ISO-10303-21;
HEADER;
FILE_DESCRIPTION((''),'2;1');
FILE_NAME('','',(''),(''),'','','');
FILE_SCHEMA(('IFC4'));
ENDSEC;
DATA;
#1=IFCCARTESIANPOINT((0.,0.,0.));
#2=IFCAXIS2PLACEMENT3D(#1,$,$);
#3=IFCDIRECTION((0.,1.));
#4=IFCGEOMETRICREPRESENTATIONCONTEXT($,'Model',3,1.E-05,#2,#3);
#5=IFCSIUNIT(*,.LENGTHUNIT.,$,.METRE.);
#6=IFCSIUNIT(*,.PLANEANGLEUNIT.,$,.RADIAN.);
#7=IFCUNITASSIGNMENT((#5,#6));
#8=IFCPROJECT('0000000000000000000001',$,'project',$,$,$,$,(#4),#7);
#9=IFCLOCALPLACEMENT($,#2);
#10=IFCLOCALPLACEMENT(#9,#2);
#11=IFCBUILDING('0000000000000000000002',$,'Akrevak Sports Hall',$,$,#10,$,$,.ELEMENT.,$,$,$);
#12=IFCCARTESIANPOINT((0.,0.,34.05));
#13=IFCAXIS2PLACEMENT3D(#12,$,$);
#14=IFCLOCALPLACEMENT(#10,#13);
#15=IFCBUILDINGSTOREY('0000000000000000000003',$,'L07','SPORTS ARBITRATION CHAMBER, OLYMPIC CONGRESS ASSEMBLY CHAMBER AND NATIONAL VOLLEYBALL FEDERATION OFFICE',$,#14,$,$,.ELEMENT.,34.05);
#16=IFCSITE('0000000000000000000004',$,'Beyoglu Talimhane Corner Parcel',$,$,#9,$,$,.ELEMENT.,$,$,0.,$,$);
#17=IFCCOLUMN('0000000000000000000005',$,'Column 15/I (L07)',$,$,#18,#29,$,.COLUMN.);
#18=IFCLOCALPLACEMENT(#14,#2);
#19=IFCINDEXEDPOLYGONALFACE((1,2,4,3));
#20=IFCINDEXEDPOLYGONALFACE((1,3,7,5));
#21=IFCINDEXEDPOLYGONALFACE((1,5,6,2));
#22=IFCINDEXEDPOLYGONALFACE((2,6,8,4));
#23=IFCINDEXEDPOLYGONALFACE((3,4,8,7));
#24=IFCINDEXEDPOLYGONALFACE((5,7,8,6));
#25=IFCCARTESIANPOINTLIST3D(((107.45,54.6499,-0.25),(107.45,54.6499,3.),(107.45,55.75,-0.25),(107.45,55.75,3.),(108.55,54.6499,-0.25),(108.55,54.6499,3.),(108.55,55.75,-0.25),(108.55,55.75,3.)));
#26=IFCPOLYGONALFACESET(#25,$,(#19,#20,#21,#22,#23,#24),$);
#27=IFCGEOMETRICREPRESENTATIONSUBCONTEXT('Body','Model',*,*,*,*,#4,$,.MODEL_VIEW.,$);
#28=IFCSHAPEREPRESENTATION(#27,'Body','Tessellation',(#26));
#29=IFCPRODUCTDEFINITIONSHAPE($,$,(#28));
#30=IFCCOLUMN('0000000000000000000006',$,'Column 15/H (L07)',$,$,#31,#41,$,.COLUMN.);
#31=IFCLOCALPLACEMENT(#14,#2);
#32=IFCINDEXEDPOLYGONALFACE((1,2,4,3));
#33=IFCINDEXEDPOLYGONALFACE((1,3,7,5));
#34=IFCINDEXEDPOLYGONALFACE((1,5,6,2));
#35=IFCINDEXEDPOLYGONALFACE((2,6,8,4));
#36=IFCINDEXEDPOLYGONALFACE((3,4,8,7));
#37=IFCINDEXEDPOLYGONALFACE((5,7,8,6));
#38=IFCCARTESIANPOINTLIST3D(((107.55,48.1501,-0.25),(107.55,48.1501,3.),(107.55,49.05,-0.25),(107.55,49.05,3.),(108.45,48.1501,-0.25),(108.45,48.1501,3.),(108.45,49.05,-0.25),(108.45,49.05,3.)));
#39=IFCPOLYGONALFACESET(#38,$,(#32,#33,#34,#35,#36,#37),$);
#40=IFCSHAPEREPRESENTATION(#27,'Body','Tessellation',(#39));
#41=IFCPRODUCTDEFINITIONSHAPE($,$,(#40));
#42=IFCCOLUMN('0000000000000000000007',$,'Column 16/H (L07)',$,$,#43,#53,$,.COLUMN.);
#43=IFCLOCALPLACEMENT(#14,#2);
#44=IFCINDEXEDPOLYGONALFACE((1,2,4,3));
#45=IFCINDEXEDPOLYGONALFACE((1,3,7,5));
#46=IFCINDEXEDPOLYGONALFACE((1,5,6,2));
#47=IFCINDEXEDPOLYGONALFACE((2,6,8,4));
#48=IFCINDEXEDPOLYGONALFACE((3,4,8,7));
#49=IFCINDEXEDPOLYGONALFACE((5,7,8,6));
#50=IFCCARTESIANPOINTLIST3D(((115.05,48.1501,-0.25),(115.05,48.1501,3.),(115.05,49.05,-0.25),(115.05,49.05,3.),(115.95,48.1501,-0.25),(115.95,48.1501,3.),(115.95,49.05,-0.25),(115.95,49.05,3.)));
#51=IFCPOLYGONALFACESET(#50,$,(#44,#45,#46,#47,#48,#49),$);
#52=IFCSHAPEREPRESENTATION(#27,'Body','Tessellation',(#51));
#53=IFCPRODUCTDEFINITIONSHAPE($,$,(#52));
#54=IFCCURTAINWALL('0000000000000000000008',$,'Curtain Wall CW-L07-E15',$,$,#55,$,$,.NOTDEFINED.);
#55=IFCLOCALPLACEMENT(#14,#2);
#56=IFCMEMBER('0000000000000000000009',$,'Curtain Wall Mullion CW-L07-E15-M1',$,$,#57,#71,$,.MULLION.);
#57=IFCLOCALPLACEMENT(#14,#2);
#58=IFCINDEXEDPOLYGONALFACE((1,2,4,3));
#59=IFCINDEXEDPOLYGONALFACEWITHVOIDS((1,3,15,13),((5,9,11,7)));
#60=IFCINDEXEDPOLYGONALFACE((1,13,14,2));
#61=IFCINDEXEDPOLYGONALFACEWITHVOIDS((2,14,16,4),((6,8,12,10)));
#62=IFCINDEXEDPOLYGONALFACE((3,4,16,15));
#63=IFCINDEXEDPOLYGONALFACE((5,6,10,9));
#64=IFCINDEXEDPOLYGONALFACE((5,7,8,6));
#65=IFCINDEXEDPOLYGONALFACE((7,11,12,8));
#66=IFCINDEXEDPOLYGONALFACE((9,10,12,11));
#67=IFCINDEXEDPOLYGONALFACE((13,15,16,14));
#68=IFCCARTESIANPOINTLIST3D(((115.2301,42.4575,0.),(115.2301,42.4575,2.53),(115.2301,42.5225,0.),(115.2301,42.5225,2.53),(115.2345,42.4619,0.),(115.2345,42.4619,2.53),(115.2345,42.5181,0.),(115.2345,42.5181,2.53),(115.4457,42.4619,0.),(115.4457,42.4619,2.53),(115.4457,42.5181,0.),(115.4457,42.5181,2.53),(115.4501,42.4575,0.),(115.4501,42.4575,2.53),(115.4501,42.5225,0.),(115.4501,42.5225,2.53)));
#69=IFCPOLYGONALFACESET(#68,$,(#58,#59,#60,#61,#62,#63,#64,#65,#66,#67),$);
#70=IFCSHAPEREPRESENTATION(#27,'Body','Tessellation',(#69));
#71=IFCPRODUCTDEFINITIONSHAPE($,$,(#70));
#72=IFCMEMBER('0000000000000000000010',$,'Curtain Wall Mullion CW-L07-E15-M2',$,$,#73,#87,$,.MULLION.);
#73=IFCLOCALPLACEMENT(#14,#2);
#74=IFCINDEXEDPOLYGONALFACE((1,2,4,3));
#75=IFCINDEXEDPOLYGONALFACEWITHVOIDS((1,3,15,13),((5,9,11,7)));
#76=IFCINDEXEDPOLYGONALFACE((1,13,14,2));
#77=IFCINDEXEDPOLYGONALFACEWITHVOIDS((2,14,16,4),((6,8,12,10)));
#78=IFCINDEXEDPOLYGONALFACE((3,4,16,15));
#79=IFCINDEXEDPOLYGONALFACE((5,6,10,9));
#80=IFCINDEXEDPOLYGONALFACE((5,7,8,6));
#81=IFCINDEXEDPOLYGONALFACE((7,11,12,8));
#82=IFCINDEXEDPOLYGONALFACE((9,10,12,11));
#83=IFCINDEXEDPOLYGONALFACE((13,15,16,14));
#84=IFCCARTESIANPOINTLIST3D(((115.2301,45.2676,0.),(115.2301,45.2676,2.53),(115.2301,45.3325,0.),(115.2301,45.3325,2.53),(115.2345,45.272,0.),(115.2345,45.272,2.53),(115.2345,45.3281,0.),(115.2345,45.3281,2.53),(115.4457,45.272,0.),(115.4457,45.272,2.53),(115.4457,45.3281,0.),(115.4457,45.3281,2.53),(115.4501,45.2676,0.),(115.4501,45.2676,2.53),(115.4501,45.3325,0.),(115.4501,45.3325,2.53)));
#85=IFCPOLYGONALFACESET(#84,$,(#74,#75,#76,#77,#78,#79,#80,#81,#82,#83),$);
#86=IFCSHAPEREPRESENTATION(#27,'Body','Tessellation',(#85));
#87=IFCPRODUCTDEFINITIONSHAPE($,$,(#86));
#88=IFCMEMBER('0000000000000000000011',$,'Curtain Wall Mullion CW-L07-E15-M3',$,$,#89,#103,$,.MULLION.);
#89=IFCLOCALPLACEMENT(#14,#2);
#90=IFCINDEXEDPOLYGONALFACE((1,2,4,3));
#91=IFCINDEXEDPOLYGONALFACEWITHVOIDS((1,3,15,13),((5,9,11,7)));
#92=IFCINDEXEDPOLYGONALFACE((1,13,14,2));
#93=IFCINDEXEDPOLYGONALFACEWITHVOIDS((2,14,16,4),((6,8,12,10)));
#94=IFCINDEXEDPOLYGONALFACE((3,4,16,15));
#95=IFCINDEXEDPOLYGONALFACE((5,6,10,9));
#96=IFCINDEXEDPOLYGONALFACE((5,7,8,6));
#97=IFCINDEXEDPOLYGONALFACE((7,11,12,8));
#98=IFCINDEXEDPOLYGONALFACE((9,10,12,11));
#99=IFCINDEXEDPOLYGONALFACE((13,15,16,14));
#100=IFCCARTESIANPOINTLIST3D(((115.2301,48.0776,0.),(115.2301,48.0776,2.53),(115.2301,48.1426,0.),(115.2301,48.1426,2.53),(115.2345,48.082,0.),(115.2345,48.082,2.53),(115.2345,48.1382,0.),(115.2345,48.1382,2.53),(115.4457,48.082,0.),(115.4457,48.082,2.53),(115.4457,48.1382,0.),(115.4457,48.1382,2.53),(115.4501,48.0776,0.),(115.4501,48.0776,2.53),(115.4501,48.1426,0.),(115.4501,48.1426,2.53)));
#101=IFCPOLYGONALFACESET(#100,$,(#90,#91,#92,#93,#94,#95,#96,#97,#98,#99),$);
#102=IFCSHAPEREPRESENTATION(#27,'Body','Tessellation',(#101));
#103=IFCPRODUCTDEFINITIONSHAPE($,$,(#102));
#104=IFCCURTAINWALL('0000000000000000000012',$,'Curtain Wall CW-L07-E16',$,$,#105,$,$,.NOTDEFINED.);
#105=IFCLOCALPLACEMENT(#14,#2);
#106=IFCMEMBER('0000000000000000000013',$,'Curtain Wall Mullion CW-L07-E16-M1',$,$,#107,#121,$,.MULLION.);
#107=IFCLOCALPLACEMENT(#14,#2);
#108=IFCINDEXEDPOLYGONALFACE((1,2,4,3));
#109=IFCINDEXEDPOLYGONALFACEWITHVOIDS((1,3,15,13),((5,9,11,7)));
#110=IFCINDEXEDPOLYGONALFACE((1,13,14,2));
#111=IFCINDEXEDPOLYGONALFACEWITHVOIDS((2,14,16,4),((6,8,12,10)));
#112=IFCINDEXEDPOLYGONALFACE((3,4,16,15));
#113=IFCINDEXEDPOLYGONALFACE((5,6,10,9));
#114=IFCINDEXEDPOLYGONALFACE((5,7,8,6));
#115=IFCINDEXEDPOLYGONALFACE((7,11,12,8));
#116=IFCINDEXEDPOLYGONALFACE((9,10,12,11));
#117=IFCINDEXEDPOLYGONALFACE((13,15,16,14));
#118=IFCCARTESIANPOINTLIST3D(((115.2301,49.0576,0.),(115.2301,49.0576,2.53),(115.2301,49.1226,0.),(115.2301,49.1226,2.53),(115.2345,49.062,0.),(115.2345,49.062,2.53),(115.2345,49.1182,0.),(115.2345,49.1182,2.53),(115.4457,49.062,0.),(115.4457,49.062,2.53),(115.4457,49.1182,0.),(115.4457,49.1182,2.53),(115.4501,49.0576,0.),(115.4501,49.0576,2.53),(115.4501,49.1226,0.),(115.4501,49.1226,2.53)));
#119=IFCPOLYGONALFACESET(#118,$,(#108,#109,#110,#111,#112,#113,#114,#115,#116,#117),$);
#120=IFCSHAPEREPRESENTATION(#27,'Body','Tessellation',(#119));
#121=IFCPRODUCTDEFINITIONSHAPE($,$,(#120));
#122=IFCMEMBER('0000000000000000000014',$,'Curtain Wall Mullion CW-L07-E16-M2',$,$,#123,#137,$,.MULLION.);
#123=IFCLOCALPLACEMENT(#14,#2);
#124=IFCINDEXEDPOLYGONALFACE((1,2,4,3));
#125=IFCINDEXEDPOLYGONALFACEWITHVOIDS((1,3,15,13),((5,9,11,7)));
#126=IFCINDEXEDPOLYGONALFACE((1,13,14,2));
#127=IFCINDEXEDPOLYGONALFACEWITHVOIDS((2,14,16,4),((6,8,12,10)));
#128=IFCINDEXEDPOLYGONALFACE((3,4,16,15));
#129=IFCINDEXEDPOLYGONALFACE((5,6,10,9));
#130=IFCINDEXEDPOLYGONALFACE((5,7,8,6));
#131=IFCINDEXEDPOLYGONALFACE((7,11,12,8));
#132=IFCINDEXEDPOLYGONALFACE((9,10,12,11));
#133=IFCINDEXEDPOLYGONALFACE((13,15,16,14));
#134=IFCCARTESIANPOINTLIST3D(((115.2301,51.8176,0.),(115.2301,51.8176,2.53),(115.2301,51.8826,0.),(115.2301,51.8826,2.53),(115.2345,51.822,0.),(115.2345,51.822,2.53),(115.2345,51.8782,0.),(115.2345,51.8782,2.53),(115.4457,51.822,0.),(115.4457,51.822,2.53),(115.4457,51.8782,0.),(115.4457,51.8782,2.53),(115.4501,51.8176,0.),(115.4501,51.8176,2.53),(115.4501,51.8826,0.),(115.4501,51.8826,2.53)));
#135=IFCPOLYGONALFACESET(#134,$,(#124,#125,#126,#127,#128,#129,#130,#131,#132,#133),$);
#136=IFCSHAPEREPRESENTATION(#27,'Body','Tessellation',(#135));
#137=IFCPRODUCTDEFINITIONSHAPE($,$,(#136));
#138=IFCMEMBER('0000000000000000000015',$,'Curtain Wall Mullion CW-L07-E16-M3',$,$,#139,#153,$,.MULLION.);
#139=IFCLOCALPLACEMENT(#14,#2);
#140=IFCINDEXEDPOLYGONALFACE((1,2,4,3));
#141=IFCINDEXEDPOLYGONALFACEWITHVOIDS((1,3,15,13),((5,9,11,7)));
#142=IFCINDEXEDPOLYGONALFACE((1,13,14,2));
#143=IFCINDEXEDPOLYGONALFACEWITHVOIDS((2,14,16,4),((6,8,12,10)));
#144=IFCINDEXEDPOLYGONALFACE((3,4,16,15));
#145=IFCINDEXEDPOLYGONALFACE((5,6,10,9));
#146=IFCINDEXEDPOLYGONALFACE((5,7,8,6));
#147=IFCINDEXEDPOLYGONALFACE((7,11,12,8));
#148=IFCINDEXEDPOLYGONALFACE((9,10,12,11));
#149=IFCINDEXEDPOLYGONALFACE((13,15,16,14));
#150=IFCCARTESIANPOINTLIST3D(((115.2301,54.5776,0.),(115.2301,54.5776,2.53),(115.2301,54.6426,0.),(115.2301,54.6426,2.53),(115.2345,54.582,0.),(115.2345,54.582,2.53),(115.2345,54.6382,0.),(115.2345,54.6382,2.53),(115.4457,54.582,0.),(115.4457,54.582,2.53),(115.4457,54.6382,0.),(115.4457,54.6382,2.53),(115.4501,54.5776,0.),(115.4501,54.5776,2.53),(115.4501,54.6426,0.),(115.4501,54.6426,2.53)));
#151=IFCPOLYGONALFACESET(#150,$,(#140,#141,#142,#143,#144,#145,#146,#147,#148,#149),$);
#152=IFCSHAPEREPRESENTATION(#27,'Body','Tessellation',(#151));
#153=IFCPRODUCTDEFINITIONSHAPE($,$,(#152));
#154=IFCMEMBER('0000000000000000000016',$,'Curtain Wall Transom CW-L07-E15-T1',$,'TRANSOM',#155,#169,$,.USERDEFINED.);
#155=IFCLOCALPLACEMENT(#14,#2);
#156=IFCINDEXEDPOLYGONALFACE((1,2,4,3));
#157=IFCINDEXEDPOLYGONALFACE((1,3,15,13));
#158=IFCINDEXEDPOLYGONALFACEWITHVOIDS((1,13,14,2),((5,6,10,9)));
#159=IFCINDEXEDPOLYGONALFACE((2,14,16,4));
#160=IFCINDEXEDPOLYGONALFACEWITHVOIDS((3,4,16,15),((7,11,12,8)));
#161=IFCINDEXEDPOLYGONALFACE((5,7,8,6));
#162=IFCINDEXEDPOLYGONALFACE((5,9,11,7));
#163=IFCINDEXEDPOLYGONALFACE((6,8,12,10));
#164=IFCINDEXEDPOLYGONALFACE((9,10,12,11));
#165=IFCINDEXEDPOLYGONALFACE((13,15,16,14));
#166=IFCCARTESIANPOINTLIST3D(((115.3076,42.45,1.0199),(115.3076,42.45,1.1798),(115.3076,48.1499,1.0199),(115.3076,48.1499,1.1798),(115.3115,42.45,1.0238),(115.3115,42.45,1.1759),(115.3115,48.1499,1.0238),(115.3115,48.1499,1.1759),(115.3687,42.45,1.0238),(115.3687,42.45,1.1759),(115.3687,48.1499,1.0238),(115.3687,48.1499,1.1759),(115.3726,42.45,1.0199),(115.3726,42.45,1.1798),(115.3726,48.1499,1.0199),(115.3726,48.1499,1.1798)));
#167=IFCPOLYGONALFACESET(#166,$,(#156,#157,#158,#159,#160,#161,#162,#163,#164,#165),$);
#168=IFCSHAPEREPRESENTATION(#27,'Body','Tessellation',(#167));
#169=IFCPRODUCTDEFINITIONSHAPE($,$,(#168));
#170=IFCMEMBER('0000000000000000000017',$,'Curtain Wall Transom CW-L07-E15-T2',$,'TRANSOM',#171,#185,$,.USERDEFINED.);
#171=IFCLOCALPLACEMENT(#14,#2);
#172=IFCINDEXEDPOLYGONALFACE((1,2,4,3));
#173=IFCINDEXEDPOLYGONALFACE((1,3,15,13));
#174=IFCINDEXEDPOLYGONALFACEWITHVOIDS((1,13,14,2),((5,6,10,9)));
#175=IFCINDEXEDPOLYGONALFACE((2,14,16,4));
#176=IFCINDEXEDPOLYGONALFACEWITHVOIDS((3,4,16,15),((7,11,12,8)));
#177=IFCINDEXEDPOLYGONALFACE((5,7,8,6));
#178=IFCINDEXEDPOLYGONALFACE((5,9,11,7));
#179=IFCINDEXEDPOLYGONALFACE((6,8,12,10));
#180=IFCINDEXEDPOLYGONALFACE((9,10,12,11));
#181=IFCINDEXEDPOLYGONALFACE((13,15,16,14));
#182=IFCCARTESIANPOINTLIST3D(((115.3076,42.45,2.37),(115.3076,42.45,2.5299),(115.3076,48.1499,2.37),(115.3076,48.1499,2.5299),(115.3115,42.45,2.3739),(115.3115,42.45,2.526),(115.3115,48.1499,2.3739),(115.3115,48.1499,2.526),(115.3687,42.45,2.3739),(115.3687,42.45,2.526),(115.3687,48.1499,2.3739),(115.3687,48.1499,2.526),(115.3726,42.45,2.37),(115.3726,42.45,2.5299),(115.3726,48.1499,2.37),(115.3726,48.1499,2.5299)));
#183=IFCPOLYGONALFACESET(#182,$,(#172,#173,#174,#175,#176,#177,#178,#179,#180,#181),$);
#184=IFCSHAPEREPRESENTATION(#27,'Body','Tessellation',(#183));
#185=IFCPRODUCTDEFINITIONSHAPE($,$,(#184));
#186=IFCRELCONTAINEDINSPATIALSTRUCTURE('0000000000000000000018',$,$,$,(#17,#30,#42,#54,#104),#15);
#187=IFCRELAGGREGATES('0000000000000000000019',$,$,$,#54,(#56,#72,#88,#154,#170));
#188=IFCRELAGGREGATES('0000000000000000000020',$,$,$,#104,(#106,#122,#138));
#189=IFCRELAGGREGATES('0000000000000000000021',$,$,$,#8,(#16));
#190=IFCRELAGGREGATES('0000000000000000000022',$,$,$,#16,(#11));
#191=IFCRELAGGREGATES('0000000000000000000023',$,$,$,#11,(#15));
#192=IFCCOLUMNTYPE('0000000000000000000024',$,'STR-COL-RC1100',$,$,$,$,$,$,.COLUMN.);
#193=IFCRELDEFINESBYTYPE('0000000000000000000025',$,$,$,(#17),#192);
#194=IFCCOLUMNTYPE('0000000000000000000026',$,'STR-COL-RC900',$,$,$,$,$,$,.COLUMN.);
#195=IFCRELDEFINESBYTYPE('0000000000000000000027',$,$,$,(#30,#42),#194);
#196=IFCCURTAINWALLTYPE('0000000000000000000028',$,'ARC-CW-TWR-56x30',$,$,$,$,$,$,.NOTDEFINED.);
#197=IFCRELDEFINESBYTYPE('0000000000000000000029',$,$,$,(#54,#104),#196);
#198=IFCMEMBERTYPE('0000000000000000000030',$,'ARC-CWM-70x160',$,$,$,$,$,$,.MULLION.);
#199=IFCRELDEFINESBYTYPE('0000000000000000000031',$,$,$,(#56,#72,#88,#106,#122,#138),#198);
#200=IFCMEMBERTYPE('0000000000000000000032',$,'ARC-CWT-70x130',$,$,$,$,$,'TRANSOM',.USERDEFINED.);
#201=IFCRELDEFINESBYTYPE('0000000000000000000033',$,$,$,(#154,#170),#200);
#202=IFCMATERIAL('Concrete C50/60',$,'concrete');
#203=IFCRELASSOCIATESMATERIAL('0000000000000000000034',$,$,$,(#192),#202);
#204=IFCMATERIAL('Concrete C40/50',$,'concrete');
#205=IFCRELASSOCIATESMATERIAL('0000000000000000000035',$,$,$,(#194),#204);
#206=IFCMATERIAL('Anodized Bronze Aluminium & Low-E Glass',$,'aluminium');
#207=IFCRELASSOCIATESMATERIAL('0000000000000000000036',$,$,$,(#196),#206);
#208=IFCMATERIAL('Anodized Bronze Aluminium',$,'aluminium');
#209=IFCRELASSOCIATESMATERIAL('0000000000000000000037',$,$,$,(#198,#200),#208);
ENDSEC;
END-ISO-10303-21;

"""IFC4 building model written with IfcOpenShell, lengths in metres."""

from ifc_helpers import new_model, si_unit, direction, frame, origin, origin_2d, place, context, subcontext, project, spatial, rectangle, hollow_rectangle, extrude, material, material_profile, profile_set, type_object, element, aggregate, save


model = new_model("IFC4")

# Units and contexts
model_context = context("Model", 3, precision=1e-05, world=origin(), true_north=direction((0.0, 1.0)))
body_context = subcontext(model_context, "Body", "Model", "MODEL_VIEW")
ifc_project = project(units=[si_unit("LENGTHUNIT", "METRE"), si_unit("PLANEANGLEUNIT", "RADIAN")], contexts=[model_context])

# Site, building, storey
site_placement = place(None, origin())
site = spatial("IfcSite", under=ifc_project, at=site_placement, Name="Beyoglu Talimhane Corner Parcel", CompositionType="ELEMENT", RefElevation=0.0)
building_placement = place(site_placement, origin())
building = spatial("IfcBuilding", under=site, at=building_placement, Name="Akrevak Sports Hall", CompositionType="ELEMENT")
storey_placement = place(building_placement, frame((0.0, 0.0, 34.05)))
storey = spatial("IfcBuildingStorey", under=building, at=storey_placement, Name="L07", Description="SPORTS ARBITRATION CHAMBER, OLYMPIC CONGRESS ASSEMBLY CHAMBER AND NATIONAL VOLLEYBALL FEDERATION OFFICE", CompositionType="ELEMENT", Elevation=34.05)

# Columns
ifc_material_1 = material(Name="Concrete C50/60", Category="concrete")
ifc_material_profile_1 = material_profile(ifc_material_1, rectangle(XDim=1.1001, YDim=1.1001, at=origin_2d()), Name="RC 1100x1100", Category="concrete")
ifc_profile_set_1 = profile_set([ifc_material_profile_1], Name="Concrete C50/60")
column_type_1 = type_object("IfcColumnType", Name="STR-COL-RC1100", PredefinedType="COLUMN", material=ifc_profile_set_1)
column_placement = place(storey_placement, frame((108.0, 55.2, -0.25), z_axis=(0.0, 0.0, 1.0), x_axis=(1.0, 0.0, 0.0)))
element("IfcColumn", 1, at=column_placement, inside=storey, type_object=column_type_1, Name="Column 15/I (L07)", PredefinedType="COLUMN", context=body_context, shape_type="SweptSolid", body=[
    extrude(rectangle(XDim=1.1001, YDim=1.1001, at=origin_2d()), origin(), (0.0, 0.0, 1.0), 3.25),
])
ifc_material_2 = material(Name="Concrete C40/50", Category="concrete")
ifc_material_profile_2 = material_profile(ifc_material_2, rectangle(XDim=0.8999, YDim=0.8999, at=origin_2d()), Name="RC 900x900", Category="concrete")
ifc_profile_set_2 = profile_set([ifc_material_profile_2], Name="Concrete C40/50")
column_type_2 = type_object("IfcColumnType", Name="STR-COL-RC900", PredefinedType="COLUMN", material=ifc_profile_set_2)
for number, where, z_axis, x_axis, name in (
    (2, (108.0, 48.6001, -0.25), (0.0, 0.0, 1.0), (1.0, 0.0, 0.0), "Column 15/H (L07)"),
    (3, (115.5, 48.6001, -0.25), (0.0, 0.0, 1.0), (1.0, 0.0, 0.0), "Column 16/H (L07)"),
):
    element("IfcColumn", number, at=place(storey_placement, frame(where, z_axis=z_axis, x_axis=x_axis)), inside=storey, type_object=column_type_2, Name=name, PredefinedType="COLUMN", context=body_context, shape_type="SweptSolid", body=[
        extrude(rectangle(XDim=0.8999, YDim=0.8999, at=origin_2d()), origin(), (0.0, 0.0, 1.0), 3.25),
    ])

# Curtain walls, members
ifc_material_3 = material(Name="Anodized Bronze Aluminium & Low-E Glass", Category="aluminium")
curtain_wall_type = type_object("IfcCurtainWallType", Name="ARC-CW-TWR-56x30", PredefinedType="NOTDEFINED", material=ifc_material_3)
curtain_wall_1_placement = place(storey_placement, origin())
curtain_wall_1 = element("IfcCurtainWall", 4, at=curtain_wall_1_placement, inside=storey, type_object=curtain_wall_type, Name="Curtain Wall CW-L07-E15", PredefinedType="NOTDEFINED")
ifc_material_4 = material(Name="Anodized Bronze Aluminium", Category="aluminium")
ifc_material_profile_3 = material_profile(ifc_material_4, hollow_rectangle(XDim=0.0649, YDim=0.22, WallThickness=0.0044, at=origin_2d()), Name="CWM 65x220", Category="aluminium")
ifc_profile_set_3 = profile_set([ifc_material_profile_3], Name="Anodized Bronze Aluminium")
member_type_1 = type_object("IfcMemberType", Name="ARC-CWM-70x160", PredefinedType="MULLION", material=ifc_profile_set_3)
member_1_placement = place(storey_placement, frame((115.3401, 42.49, 0.0), z_axis=(0.0, 0.0, 1.0), x_axis=(0.0, 1.0, 0.0)))
member_1 = element("IfcMember", 5, at=member_1_placement, type_object=member_type_1, Name="Curtain Wall Mullion CW-L07-E15-M1", PredefinedType="MULLION", context=body_context, shape_type="SweptSolid", body=[
    extrude(hollow_rectangle(XDim=0.0649, YDim=0.22, WallThickness=0.0044, at=origin_2d()), origin(), (0.0, 0.0, 1.0), 2.53),
])
member_2_placement = place(storey_placement, frame((115.3401, 45.3, 0.0), z_axis=(0.0, 0.0, 1.0), x_axis=(0.0, 1.0, 0.0)))
member_2 = element("IfcMember", 6, at=member_2_placement, type_object=member_type_1, Name="Curtain Wall Mullion CW-L07-E15-M2", PredefinedType="MULLION", context=body_context, shape_type="SweptSolid", body=[
    extrude(hollow_rectangle(XDim=0.0649, YDim=0.22, WallThickness=0.0044, at=origin_2d()), origin(), (0.0, 0.0, 1.0), 2.53),
])
member_3_placement = place(storey_placement, frame((115.3401, 48.1101, 0.0), z_axis=(0.0, 0.0, 1.0), x_axis=(0.0, 1.0, 0.0)))
member_3 = element("IfcMember", 7, at=member_3_placement, type_object=member_type_1, Name="Curtain Wall Mullion CW-L07-E15-M3", PredefinedType="MULLION", context=body_context, shape_type="SweptSolid", body=[
    extrude(hollow_rectangle(XDim=0.0649, YDim=0.22, WallThickness=0.0044, at=origin_2d()), origin(), (0.0, 0.0, 1.0), 2.53),
])
curtain_wall_2_placement = place(storey_placement, origin())
curtain_wall_2 = element("IfcCurtainWall", 8, at=curtain_wall_2_placement, inside=storey, type_object=curtain_wall_type, Name="Curtain Wall CW-L07-E16", PredefinedType="NOTDEFINED")
member_4_placement = place(storey_placement, frame((115.3401, 49.0901, 0.0), z_axis=(0.0, 0.0, 1.0), x_axis=(0.0, 1.0, 0.0)))
member_4 = element("IfcMember", 9, at=member_4_placement, type_object=member_type_1, Name="Curtain Wall Mullion CW-L07-E16-M1", PredefinedType="MULLION", context=body_context, shape_type="SweptSolid", body=[
    extrude(hollow_rectangle(XDim=0.0649, YDim=0.22, WallThickness=0.0044, at=origin_2d()), origin(), (0.0, 0.0, 1.0), 2.53),
])
member_5_placement = place(storey_placement, frame((115.3401, 51.8501, 0.0), z_axis=(0.0, 0.0, 1.0), x_axis=(0.0, 1.0, 0.0)))
member_5 = element("IfcMember", 10, at=member_5_placement, type_object=member_type_1, Name="Curtain Wall Mullion CW-L07-E16-M2", PredefinedType="MULLION", context=body_context, shape_type="SweptSolid", body=[
    extrude(hollow_rectangle(XDim=0.0649, YDim=0.22, WallThickness=0.0044, at=origin_2d()), origin(), (0.0, 0.0, 1.0), 2.53),
])
member_6_placement = place(storey_placement, frame((115.3401, 54.6101, 0.0), z_axis=(0.0, 0.0, 1.0), x_axis=(0.0, 1.0, 0.0)))
member_6 = element("IfcMember", 11, at=member_6_placement, type_object=member_type_1, Name="Curtain Wall Mullion CW-L07-E16-M3", PredefinedType="MULLION", context=body_context, shape_type="SweptSolid", body=[
    extrude(hollow_rectangle(XDim=0.0649, YDim=0.22, WallThickness=0.0044, at=origin_2d()), origin(), (0.0, 0.0, 1.0), 2.53),
])

# Members
ifc_material_profile_4 = material_profile(ifc_material_4, hollow_rectangle(XDim=0.0649, YDim=0.1599, WallThickness=0.0039, at=origin_2d()), Name="CWT 65x160", Category="aluminium")
ifc_profile_set_4 = profile_set([ifc_material_profile_4], Name="Anodized Bronze Aluminium")
member_type_2 = type_object("IfcMemberType", Name="ARC-CWT-70x130", ElementType="TRANSOM", PredefinedType="USERDEFINED", material=ifc_profile_set_4)
member_7_placement = place(storey_placement, frame((115.3401, 42.45, 1.0999), z_axis=(0.0, 1.0, 0.0), x_axis=(-1.0, 0.0, 0.0)))
member_7 = element("IfcMember", 12, at=member_7_placement, type_object=member_type_2, Name="Curtain Wall Transom CW-L07-E15-T1", ObjectType="TRANSOM", PredefinedType="USERDEFINED", context=body_context, shape_type="SweptSolid", body=[
    extrude(hollow_rectangle(XDim=0.0649, YDim=0.1599, WallThickness=0.0039, at=origin_2d()), origin(), (0.0, 0.0, 1.0), 5.7),
])
member_8_placement = place(storey_placement, frame((115.3401, 42.45, 2.45), z_axis=(0.0, 1.0, 0.0), x_axis=(-1.0, 0.0, 0.0)))
member_8 = element("IfcMember", 13, at=member_8_placement, type_object=member_type_2, Name="Curtain Wall Transom CW-L07-E15-T2", ObjectType="TRANSOM", PredefinedType="USERDEFINED", context=body_context, shape_type="SweptSolid", body=[
    extrude(hollow_rectangle(XDim=0.0649, YDim=0.1599, WallThickness=0.0039, at=origin_2d()), origin(), (0.0, 0.0, 1.0), 5.7),
])

aggregate(curtain_wall_1, [member_1, member_2, member_3, member_7, member_8])
aggregate(curtain_wall_2, [member_4, member_5, member_6])

save(model, "model.ifc")
